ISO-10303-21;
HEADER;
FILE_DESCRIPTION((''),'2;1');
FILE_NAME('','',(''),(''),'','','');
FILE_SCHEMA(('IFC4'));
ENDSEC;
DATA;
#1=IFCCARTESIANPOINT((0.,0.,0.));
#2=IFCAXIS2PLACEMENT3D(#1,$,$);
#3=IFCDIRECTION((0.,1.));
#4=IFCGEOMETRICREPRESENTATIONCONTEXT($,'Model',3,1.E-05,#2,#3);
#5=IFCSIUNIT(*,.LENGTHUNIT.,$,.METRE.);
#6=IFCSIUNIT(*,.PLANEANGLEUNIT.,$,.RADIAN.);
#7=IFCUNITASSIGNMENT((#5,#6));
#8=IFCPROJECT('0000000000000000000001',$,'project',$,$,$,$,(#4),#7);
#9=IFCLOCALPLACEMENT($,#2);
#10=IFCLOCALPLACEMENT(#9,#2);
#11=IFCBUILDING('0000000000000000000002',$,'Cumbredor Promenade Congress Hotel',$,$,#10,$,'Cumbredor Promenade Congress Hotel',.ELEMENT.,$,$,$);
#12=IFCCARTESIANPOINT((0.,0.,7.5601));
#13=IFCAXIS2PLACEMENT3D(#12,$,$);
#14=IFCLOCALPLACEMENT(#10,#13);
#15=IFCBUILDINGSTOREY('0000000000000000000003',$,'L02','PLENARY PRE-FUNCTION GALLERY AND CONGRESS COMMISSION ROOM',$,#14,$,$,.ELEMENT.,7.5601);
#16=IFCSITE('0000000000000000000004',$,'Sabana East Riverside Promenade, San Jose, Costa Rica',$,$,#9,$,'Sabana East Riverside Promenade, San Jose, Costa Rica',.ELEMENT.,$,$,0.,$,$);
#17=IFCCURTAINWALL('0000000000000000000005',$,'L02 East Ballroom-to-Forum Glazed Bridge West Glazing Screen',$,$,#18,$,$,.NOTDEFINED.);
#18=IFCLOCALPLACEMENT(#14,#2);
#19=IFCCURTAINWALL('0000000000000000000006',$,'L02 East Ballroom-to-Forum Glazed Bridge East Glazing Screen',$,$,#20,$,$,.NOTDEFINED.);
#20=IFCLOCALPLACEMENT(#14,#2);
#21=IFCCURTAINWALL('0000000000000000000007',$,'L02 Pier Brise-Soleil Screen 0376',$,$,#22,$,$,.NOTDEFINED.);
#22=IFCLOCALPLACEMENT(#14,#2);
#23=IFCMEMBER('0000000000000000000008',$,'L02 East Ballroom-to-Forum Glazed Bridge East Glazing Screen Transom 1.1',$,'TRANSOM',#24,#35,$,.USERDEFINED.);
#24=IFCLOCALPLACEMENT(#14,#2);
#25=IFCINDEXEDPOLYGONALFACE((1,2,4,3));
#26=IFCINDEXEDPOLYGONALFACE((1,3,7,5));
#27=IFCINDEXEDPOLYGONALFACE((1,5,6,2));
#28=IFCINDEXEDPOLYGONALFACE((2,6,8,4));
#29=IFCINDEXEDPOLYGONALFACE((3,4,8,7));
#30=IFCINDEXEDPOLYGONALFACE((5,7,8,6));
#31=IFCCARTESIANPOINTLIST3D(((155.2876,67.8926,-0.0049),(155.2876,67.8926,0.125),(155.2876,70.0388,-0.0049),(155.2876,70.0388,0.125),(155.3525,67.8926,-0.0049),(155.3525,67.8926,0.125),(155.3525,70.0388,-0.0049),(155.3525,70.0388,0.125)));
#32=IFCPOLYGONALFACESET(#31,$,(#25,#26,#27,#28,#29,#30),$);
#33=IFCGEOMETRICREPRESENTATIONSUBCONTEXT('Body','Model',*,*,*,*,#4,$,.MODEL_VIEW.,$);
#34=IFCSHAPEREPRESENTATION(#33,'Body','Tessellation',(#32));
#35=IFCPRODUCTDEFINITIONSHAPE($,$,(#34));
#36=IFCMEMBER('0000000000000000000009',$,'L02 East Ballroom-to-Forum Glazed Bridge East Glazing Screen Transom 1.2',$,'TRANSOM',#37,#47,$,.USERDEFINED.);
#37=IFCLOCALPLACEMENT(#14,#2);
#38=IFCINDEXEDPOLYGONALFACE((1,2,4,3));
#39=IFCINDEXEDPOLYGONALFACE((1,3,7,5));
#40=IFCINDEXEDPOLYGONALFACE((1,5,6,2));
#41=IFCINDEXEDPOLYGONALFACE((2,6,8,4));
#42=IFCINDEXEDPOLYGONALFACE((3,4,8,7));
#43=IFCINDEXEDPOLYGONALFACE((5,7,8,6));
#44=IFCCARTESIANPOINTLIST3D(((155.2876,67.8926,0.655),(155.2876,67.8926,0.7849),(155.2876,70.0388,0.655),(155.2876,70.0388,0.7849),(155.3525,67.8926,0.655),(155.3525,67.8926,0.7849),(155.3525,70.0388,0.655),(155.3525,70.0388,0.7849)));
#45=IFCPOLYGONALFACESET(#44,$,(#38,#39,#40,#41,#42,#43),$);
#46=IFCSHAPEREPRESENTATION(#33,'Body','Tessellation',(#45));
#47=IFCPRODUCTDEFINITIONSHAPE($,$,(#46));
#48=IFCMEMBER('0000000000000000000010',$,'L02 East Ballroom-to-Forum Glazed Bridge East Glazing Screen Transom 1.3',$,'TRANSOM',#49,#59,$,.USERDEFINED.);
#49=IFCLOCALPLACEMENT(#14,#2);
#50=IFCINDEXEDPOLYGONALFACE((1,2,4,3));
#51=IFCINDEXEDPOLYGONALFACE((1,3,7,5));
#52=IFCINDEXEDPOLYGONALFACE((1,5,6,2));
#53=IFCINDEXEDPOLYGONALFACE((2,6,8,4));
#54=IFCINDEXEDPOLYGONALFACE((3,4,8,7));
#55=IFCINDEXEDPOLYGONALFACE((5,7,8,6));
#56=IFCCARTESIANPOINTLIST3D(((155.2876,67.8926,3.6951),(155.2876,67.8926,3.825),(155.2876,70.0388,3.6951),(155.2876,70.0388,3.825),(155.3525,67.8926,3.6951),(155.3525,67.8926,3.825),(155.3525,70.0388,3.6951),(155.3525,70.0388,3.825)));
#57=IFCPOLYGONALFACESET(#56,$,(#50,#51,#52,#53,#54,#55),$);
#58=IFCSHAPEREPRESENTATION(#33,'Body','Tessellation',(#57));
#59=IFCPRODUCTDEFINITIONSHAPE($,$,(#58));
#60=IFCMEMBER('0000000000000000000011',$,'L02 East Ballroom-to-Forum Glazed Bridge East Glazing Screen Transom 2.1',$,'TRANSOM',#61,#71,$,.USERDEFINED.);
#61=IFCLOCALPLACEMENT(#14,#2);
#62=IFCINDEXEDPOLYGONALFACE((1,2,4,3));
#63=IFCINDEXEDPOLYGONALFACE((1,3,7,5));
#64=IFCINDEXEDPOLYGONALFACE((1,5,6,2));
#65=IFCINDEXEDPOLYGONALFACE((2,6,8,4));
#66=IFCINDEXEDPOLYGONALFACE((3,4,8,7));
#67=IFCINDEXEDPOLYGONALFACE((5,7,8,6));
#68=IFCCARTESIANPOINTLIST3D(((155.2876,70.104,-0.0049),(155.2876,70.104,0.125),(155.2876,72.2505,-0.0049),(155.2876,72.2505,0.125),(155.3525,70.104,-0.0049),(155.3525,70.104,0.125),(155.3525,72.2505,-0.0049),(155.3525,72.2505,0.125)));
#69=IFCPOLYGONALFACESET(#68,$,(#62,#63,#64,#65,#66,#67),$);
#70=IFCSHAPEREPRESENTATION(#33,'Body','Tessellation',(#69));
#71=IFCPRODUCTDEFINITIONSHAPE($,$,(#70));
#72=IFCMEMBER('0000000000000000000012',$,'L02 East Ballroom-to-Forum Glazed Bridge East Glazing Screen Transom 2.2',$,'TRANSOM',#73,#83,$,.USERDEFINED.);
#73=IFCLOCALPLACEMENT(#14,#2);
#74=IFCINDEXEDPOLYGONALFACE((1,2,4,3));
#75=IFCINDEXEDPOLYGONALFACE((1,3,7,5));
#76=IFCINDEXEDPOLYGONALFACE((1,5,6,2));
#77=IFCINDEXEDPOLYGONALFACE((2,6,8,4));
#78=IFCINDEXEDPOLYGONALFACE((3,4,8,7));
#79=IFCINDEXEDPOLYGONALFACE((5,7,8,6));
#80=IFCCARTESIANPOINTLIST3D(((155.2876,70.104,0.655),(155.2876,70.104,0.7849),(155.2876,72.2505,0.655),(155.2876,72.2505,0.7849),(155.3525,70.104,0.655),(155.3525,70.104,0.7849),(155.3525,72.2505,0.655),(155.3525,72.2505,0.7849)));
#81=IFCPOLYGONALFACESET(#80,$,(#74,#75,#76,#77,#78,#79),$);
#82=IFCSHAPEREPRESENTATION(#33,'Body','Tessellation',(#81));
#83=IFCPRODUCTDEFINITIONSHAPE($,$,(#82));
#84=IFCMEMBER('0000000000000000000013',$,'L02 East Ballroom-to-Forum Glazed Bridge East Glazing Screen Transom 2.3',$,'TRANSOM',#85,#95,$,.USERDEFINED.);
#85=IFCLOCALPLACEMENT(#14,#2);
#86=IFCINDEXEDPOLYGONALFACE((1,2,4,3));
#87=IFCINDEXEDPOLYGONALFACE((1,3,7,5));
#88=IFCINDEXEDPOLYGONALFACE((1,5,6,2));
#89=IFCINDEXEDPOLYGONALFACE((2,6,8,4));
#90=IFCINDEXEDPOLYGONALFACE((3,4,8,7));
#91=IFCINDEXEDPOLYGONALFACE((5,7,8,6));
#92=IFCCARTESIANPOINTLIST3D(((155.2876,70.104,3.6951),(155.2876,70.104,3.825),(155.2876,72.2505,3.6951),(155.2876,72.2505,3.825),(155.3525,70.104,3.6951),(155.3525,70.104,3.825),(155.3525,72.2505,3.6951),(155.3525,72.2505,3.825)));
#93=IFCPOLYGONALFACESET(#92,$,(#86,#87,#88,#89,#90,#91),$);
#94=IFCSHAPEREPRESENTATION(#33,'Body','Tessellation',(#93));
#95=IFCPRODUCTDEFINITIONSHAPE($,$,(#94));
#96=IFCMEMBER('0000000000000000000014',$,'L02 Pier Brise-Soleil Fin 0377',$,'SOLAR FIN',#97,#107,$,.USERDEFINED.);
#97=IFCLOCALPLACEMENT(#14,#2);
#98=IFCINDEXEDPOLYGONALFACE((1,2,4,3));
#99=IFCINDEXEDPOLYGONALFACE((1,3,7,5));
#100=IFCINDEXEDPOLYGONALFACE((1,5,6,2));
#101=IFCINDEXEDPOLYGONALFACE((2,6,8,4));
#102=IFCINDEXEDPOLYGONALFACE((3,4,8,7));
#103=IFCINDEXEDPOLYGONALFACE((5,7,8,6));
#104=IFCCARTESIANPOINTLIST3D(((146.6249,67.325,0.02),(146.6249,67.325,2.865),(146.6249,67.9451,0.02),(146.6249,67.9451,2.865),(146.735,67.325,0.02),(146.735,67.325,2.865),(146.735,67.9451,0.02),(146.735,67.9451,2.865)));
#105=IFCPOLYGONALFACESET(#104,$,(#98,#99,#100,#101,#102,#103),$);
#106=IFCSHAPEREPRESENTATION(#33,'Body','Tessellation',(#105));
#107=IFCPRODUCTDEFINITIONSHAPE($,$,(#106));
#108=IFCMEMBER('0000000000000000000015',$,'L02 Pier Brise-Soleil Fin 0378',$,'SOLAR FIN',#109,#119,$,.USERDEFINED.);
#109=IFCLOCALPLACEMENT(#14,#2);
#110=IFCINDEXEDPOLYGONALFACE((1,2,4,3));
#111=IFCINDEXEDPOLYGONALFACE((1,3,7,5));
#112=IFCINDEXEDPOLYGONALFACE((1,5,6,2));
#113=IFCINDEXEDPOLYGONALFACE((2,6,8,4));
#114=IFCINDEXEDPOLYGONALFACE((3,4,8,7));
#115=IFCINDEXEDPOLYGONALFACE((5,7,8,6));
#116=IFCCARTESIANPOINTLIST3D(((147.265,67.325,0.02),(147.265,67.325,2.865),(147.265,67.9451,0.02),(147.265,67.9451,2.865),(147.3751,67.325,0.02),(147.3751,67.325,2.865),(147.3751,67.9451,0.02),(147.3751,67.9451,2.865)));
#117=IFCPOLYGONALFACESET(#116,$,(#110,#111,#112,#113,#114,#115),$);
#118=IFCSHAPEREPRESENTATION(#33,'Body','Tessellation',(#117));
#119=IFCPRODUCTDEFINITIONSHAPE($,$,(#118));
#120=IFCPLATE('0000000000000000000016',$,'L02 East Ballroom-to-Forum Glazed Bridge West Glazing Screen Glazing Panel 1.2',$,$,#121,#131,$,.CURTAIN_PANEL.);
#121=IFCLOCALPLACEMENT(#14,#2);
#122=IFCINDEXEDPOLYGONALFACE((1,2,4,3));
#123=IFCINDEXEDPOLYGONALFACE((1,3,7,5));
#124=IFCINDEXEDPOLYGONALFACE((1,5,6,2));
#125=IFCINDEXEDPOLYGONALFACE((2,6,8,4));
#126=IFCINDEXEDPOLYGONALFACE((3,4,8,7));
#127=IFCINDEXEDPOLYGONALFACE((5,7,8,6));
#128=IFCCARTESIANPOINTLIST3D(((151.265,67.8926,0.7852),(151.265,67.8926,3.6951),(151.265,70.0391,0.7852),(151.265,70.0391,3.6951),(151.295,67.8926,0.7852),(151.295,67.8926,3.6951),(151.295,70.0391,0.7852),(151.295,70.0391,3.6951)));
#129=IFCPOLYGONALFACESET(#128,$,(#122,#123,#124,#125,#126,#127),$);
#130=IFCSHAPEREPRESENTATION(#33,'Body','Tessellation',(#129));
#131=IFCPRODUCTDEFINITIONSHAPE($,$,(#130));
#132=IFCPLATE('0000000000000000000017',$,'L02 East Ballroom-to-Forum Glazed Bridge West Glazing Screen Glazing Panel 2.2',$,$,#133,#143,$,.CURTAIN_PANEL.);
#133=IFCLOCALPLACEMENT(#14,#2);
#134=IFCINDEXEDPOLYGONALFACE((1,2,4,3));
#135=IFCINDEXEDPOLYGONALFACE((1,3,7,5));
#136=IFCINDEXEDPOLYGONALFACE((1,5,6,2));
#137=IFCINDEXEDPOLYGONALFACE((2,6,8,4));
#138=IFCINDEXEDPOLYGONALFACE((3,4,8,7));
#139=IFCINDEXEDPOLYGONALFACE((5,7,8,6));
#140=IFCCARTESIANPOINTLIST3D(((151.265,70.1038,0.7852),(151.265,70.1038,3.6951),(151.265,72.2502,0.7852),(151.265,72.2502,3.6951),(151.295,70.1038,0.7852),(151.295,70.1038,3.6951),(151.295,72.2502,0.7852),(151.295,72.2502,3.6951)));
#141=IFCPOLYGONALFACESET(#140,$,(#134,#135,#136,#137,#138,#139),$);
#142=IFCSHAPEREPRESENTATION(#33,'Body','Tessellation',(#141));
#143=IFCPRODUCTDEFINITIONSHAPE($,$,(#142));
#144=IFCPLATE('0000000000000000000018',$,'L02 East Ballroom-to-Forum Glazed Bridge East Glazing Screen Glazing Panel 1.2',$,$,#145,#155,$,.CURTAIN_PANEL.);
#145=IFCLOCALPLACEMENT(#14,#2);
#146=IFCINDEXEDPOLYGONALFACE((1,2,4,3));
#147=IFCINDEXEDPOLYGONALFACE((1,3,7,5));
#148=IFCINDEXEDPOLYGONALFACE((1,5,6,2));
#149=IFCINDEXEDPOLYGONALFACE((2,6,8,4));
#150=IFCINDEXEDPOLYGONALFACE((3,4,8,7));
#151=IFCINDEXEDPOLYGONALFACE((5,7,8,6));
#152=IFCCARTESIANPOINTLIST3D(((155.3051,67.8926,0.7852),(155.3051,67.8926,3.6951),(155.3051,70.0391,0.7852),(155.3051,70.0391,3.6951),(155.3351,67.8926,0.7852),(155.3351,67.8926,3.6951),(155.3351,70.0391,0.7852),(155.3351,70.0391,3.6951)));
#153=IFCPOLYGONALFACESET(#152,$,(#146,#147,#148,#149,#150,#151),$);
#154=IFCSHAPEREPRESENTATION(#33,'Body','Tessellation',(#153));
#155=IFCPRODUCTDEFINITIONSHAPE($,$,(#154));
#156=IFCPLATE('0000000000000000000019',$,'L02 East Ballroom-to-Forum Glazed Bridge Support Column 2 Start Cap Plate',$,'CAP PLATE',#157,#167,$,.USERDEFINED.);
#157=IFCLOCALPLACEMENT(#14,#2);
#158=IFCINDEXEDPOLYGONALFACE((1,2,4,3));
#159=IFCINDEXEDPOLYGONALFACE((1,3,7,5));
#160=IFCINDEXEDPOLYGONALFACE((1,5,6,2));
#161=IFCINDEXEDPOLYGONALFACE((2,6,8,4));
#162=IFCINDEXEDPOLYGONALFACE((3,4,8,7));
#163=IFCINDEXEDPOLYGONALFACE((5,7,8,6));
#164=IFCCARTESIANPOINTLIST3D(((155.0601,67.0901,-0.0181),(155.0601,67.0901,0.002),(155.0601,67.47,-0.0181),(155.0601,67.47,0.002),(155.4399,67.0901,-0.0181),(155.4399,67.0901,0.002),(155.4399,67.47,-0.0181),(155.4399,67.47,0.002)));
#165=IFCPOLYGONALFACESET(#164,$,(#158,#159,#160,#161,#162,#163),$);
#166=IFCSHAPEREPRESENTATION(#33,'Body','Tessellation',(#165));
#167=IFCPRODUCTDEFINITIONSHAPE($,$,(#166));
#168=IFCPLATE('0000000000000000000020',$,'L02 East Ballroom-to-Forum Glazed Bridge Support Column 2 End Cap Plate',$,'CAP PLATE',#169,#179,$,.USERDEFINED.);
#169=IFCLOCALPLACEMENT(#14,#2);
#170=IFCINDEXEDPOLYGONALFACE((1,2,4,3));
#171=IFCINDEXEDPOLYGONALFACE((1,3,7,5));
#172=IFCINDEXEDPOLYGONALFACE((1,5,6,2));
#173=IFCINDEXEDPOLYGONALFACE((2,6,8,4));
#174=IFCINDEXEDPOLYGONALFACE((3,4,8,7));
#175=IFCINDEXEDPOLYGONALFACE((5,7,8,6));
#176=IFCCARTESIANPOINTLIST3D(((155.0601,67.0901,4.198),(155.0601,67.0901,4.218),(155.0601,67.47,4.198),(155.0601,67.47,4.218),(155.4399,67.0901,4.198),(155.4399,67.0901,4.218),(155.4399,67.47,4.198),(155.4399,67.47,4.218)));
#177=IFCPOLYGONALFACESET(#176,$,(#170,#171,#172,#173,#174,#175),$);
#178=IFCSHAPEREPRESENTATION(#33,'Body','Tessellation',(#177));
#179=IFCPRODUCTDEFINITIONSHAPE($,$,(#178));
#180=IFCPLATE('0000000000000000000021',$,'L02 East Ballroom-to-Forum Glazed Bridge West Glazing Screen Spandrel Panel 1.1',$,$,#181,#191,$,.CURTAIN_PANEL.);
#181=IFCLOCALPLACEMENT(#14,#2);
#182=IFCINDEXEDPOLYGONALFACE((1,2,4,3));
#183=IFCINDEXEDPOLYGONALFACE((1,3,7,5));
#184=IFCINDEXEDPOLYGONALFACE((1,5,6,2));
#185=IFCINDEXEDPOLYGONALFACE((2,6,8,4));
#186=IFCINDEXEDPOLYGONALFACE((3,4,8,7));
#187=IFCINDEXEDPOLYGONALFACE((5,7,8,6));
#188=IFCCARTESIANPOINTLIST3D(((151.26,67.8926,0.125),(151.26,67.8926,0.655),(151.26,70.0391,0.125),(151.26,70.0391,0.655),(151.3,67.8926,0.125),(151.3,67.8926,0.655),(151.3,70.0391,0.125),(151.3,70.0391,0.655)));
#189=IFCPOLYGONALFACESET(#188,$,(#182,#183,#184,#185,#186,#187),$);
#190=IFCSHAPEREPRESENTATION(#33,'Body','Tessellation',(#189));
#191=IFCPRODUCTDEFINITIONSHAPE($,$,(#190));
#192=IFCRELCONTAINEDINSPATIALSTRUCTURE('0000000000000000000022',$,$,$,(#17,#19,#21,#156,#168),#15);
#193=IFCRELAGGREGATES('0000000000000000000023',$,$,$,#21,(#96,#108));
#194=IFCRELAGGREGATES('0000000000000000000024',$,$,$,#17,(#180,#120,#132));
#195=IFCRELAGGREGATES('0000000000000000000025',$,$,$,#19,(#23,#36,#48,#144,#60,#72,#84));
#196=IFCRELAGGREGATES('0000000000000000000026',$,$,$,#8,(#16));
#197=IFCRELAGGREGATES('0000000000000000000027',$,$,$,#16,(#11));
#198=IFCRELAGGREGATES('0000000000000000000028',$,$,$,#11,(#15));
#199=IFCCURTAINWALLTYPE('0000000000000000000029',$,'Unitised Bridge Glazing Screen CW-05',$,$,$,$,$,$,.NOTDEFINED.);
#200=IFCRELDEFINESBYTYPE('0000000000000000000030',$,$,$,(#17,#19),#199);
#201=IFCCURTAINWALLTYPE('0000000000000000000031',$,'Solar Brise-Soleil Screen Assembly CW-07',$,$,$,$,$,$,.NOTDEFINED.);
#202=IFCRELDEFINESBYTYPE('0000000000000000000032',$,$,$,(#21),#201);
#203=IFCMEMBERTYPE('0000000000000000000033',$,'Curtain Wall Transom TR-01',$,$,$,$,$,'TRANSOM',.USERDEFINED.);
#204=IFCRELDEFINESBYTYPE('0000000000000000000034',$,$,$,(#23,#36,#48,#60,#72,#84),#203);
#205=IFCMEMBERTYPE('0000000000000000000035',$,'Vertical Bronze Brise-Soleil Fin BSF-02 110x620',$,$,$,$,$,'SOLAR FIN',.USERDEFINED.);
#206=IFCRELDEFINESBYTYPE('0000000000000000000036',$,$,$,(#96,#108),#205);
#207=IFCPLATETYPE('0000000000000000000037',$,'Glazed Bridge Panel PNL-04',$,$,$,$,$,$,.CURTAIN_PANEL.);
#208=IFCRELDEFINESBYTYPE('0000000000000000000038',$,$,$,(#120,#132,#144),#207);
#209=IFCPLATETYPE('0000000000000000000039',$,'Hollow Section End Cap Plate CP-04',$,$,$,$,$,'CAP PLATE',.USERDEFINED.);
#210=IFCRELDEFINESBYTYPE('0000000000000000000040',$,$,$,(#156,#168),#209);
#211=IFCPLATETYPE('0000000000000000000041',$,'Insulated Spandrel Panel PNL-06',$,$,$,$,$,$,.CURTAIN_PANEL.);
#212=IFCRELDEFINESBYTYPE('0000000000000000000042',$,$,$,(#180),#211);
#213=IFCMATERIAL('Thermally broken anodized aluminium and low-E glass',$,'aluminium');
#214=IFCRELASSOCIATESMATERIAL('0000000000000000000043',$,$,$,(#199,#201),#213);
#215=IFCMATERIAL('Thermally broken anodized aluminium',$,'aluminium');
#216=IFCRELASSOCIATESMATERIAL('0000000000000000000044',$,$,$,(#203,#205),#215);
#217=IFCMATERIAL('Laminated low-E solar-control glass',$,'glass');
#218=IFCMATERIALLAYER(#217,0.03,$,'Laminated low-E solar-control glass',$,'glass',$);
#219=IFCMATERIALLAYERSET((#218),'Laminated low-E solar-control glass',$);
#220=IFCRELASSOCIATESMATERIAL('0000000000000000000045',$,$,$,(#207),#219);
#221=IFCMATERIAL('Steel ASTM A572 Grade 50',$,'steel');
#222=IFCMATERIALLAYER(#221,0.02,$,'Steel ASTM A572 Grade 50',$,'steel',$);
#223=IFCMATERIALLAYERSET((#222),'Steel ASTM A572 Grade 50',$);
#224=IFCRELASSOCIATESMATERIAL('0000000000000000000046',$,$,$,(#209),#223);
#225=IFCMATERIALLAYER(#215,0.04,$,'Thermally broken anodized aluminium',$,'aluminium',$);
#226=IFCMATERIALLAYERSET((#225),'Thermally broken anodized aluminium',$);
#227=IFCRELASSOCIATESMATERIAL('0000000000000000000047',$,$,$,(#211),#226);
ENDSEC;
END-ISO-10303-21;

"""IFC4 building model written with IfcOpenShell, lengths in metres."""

from ifc_helpers import new_model, si_unit, direction, frame, origin, origin_2d, place, context, subcontext, project, spatial, rectangle, extrude, material, layer, layer_set, material_profile, profile_set, type_object, element, aggregate, save


model = new_model("IFC4")

# Units and contexts
model_context = context("Model", 3, precision=1e-05, world=origin(), true_north=direction((0.0, 1.0)))
body_context = subcontext(model_context, "Body", "Model", "MODEL_VIEW")
ifc_project = project(units=[si_unit("LENGTHUNIT", "METRE"), si_unit("PLANEANGLEUNIT", "RADIAN")], contexts=[model_context])

# Site, building, storey
site_placement = place(None, origin())
site = spatial("IfcSite", under=ifc_project, at=site_placement, Name="Sabana East Riverside Promenade, San Jose, Costa Rica", LongName="Sabana East Riverside Promenade, San Jose, Costa Rica", CompositionType="ELEMENT", RefElevation=0.0)
building_placement = place(site_placement, origin())
building = spatial("IfcBuilding", under=site, at=building_placement, Name="Cumbredor Promenade Congress Hotel", LongName="Cumbredor Promenade Congress Hotel", CompositionType="ELEMENT")
storey_placement = place(building_placement, frame((0.0, 0.0, 7.5601)))
storey = spatial("IfcBuildingStorey", under=building, at=storey_placement, Name="L02", Description="PLENARY PRE-FUNCTION GALLERY AND CONGRESS COMMISSION ROOM", CompositionType="ELEMENT", Elevation=7.5601)

# Curtain walls
ifc_material_1 = material(Name="Thermally broken anodized aluminium and low-E glass", Category="aluminium")
curtain_wall_type_1 = type_object("IfcCurtainWallType", Name="Unitised Bridge Glazing Screen CW-05", PredefinedType="NOTDEFINED", material=ifc_material_1)
curtain_wall_1_placement = place(storey_placement, origin())
curtain_wall_1 = element("IfcCurtainWall", 1, at=curtain_wall_1_placement, inside=storey, type_object=curtain_wall_type_1, Name="L02 East Ballroom-to-Forum Glazed Bridge West Glazing Screen", PredefinedType="NOTDEFINED")
ifc_material_2 = material(Name="Thermally broken anodized aluminium", Category="aluminium")
curtain_wall_2_placement = place(storey_placement, origin())
curtain_wall_2 = element("IfcCurtainWall", 2, at=curtain_wall_2_placement, inside=storey, type_object=curtain_wall_type_1, Name="L02 East Ballroom-to-Forum Glazed Bridge East Glazing Screen", PredefinedType="NOTDEFINED")

# Curtain wall
curtain_wall_type_2 = type_object("IfcCurtainWallType", Name="Solar Brise-Soleil Screen Assembly CW-07", PredefinedType="NOTDEFINED", material=ifc_material_1)
curtain_wall_3_placement = place(storey_placement, origin())
curtain_wall_3 = element("IfcCurtainWall", 3, at=curtain_wall_3_placement, inside=storey, type_object=curtain_wall_type_2, Name="L02 Pier Brise-Soleil Screen 0376", PredefinedType="NOTDEFINED")
ifc_material_profile_1 = material_profile(ifc_material_2, rectangle(XDim=0.0649, YDim=0.1299, at=origin_2d()), Name="ALU TRANSOM 65x130")
ifc_profile_set_1 = profile_set([ifc_material_profile_1], Name="Thermally broken anodized aluminium")
member_type_1 = type_object("IfcMemberType", Name="Curtain Wall Transom TR-01", ElementType="TRANSOM", PredefinedType="USERDEFINED", material=ifc_profile_set_1)

# Members
member_1_placement = place(storey_placement, frame((155.3201, 67.8926, 0.0601), z_axis=(0.0, 1.0, 0.0), x_axis=(-1.0, 0.0, 0.0)))
member_1 = element("IfcMember", 4, at=member_1_placement, type_object=member_type_1, Name="L02 East Ballroom-to-Forum Glazed Bridge East Glazing Screen Transom 1.1", ObjectType="TRANSOM", PredefinedType="USERDEFINED", context=body_context, shape_type="SweptSolid", body=[
    extrude(rectangle(XDim=0.0649, YDim=0.1299, at=origin_2d()), origin(), (0.0, 0.0, 1.0), 2.1462),
])
member_2_placement = place(storey_placement, frame((155.3201, 67.8926, 0.72), z_axis=(0.0, 1.0, 0.0), x_axis=(-1.0, 0.0, 0.0)))
member_2 = element("IfcMember", 5, at=member_2_placement, type_object=member_type_1, Name="L02 East Ballroom-to-Forum Glazed Bridge East Glazing Screen Transom 1.2", ObjectType="TRANSOM", PredefinedType="USERDEFINED", context=body_context, shape_type="SweptSolid", body=[
    extrude(rectangle(XDim=0.0649, YDim=0.1299, at=origin_2d()), origin(), (0.0, 0.0, 1.0), 2.1462),
])
member_3_placement = place(storey_placement, frame((155.3201, 67.8926, 3.76), z_axis=(0.0, 1.0, 0.0), x_axis=(-1.0, 0.0, 0.0)))
member_3 = element("IfcMember", 6, at=member_3_placement, type_object=member_type_1, Name="L02 East Ballroom-to-Forum Glazed Bridge East Glazing Screen Transom 1.3", ObjectType="TRANSOM", PredefinedType="USERDEFINED", context=body_context, shape_type="SweptSolid", body=[
    extrude(rectangle(XDim=0.0649, YDim=0.1299, at=origin_2d()), origin(), (0.0, 0.0, 1.0), 2.1462),
])
member_4_placement = place(storey_placement, frame((155.3201, 70.104, 0.0601), z_axis=(0.0, 1.0, 0.0), x_axis=(-1.0, 0.0, 0.0)))
member_4 = element("IfcMember", 7, at=member_4_placement, type_object=member_type_1, Name="L02 East Ballroom-to-Forum Glazed Bridge East Glazing Screen Transom 2.1", ObjectType="TRANSOM", PredefinedType="USERDEFINED", context=body_context, shape_type="SweptSolid", body=[
    extrude(rectangle(XDim=0.0649, YDim=0.1299, at=origin_2d()), origin(), (0.0, 0.0, 1.0), 2.1465),
])
member_5_placement = place(storey_placement, frame((155.3201, 70.104, 0.72), z_axis=(0.0, 1.0, 0.0), x_axis=(-1.0, 0.0, 0.0)))
member_5 = element("IfcMember", 8, at=member_5_placement, type_object=member_type_1, Name="L02 East Ballroom-to-Forum Glazed Bridge East Glazing Screen Transom 2.2", ObjectType="TRANSOM", PredefinedType="USERDEFINED", context=body_context, shape_type="SweptSolid", body=[
    extrude(rectangle(XDim=0.0649, YDim=0.1299, at=origin_2d()), origin(), (0.0, 0.0, 1.0), 2.1465),
])
member_6_placement = place(storey_placement, frame((155.3201, 70.104, 3.76), z_axis=(0.0, 1.0, 0.0), x_axis=(-1.0, 0.0, 0.0)))
member_6 = element("IfcMember", 9, at=member_6_placement, type_object=member_type_1, Name="L02 East Ballroom-to-Forum Glazed Bridge East Glazing Screen Transom 2.3", ObjectType="TRANSOM", PredefinedType="USERDEFINED", context=body_context, shape_type="SweptSolid", body=[
    extrude(rectangle(XDim=0.0649, YDim=0.1299, at=origin_2d()), origin(), (0.0, 0.0, 1.0), 2.1465),
])
ifc_material_profile_2 = material_profile(ifc_material_2, rectangle(XDim=0.1101, YDim=0.6201, at=origin_2d()), Name="ARCH FIN 110x620")
ifc_profile_set_2 = profile_set([ifc_material_profile_2], Name="Thermally broken anodized aluminium")
member_type_2 = type_object("IfcMemberType", Name="Vertical Bronze Brise-Soleil Fin BSF-02 110x620", ElementType="SOLAR FIN", PredefinedType="USERDEFINED", material=ifc_profile_set_2)
member_7_placement = place(storey_placement, frame((146.6799, 67.635, 0.02), z_axis=(0.0, 0.0, 1.0), x_axis=(1.0, 0.0, 0.0)))
member_7 = element("IfcMember", 10, at=member_7_placement, type_object=member_type_2, Name="L02 Pier Brise-Soleil Fin 0377", ObjectType="SOLAR FIN", PredefinedType="USERDEFINED", context=body_context, shape_type="SweptSolid", body=[
    extrude(rectangle(XDim=0.1101, YDim=0.6201, at=origin_2d()), origin(), (0.0, 0.0, 1.0), 2.845),
])
member_8_placement = place(storey_placement, frame((147.3201, 67.635, 0.02), z_axis=(0.0, 0.0, 1.0), x_axis=(1.0, 0.0, 0.0)))
member_8 = element("IfcMember", 11, at=member_8_placement, type_object=member_type_2, Name="L02 Pier Brise-Soleil Fin 0378", ObjectType="SOLAR FIN", PredefinedType="USERDEFINED", context=body_context, shape_type="SweptSolid", body=[
    extrude(rectangle(XDim=0.1101, YDim=0.6201, at=origin_2d()), origin(), (0.0, 0.0, 1.0), 2.845),
])
aggregate(curtain_wall_3, [member_7, member_8])

# Plates
ifc_material_3 = material(Name="Laminated low-E solar-control glass", Category="glass")
ifc_layer_1 = layer(ifc_material_3, 0.03, Name="Laminated low-E solar-control glass", Category="glass")
ifc_layer_set_1 = layer_set([ifc_layer_1], Name="Laminated low-E solar-control glass")
plate_type_1 = type_object("IfcPlateType", Name="Glazed Bridge Panel PNL-04", PredefinedType="CURTAIN_PANEL", material=ifc_layer_set_1)
plate_1_placement = place(storey_placement, frame((151.28, 68.9658, 0.7852), z_axis=(0.0, 0.0, 1.0), x_axis=(0.0, 1.0, 0.0)))
plate_1 = element("IfcPlate", 12, at=plate_1_placement, type_object=plate_type_1, Name="L02 East Ballroom-to-Forum Glazed Bridge West Glazing Screen Glazing Panel 1.2", PredefinedType="CURTAIN_PANEL", context=body_context, shape_type="SweptSolid", body=[
    extrude(rectangle(XDim=2.1465, YDim=0.03, at=origin_2d()), origin(), (0.0, 0.0, 1.0), 2.9099),
])
plate_2_placement = place(storey_placement, frame((151.28, 71.177, 0.7852), z_axis=(0.0, 0.0, 1.0), x_axis=(0.0, 1.0, 0.0)))
plate_2 = element("IfcPlate", 13, at=plate_2_placement, type_object=plate_type_1, Name="L02 East Ballroom-to-Forum Glazed Bridge West Glazing Screen Glazing Panel 2.2", PredefinedType="CURTAIN_PANEL", context=body_context, shape_type="SweptSolid", body=[
    extrude(rectangle(XDim=2.1465, YDim=0.03, at=origin_2d()), origin(), (0.0, 0.0, 1.0), 2.9099),
])
plate_3_placement = place(storey_placement, frame((155.3201, 68.9658, 0.7852), z_axis=(0.0, 0.0, 1.0), x_axis=(0.0, 1.0, 0.0)))
plate_3 = element("IfcPlate", 14, at=plate_3_placement, type_object=plate_type_1, Name="L02 East Ballroom-to-Forum Glazed Bridge East Glazing Screen Glazing Panel 1.2", PredefinedType="CURTAIN_PANEL", context=body_context, shape_type="SweptSolid", body=[
    extrude(rectangle(XDim=2.1465, YDim=0.03, at=origin_2d()), origin(), (0.0, 0.0, 1.0), 2.9099),
])

# Plates
ifc_material_4 = material(Name="Steel ASTM A572 Grade 50", Category="steel")
ifc_layer_2 = layer(ifc_material_4, 0.02, Name="Steel ASTM A572 Grade 50", Category="steel")
ifc_layer_set_2 = layer_set([ifc_layer_2], Name="Steel ASTM A572 Grade 50")
plate_type_2 = type_object("IfcPlateType", Name="Hollow Section End Cap Plate CP-04", ElementType="CAP PLATE", PredefinedType="USERDEFINED", material=ifc_layer_set_2)
for number, where, z_axis, x_axis, name in (
    (15, (155.25, 67.28, -0.0181), (0.0, 0.0, 1.0), (1.0, 0.0, 0.0), "L02 East Ballroom-to-Forum Glazed Bridge Support Column 2 Start Cap Plate"),
    (16, (155.25, 67.28, 4.198), (0.0, 0.0, 1.0), (1.0, 0.0, 0.0), "L02 East Ballroom-to-Forum Glazed Bridge Support Column 2 End Cap Plate"),
):
    element("IfcPlate", number, at=place(storey_placement, frame(where, z_axis=z_axis, x_axis=x_axis)), inside=storey, type_object=plate_type_2, Name=name, ObjectType="CAP PLATE", PredefinedType="USERDEFINED", context=body_context, shape_type="SweptSolid", body=[
        extrude(rectangle(XDim=0.3799, YDim=0.3799, at=origin_2d()), origin(), (0.0, 0.0, 1.0), 0.02),
    ])

# Plate
ifc_layer_3 = layer(ifc_material_2, 0.04, Name="Thermally broken anodized aluminium", Category="aluminium")
ifc_layer_set_3 = layer_set([ifc_layer_3], Name="Thermally broken anodized aluminium")
plate_type_3 = type_object("IfcPlateType", Name="Insulated Spandrel Panel PNL-06", PredefinedType="CURTAIN_PANEL", material=ifc_layer_set_3)
plate_4_placement = place(storey_placement, frame((151.28, 68.9658, 0.125), z_axis=(0.0, 0.0, 1.0), x_axis=(0.0, 1.0, 0.0)))
plate_4 = element("IfcPlate", 17, at=plate_4_placement, type_object=plate_type_3, Name="L02 East Ballroom-to-Forum Glazed Bridge West Glazing Screen Spandrel Panel 1.1", PredefinedType="CURTAIN_PANEL", context=body_context, shape_type="SweptSolid", body=[
    extrude(rectangle(XDim=2.1465, YDim=0.04, at=origin_2d()), origin(), (0.0, 0.0, 1.0), 0.53),
])
aggregate(curtain_wall_1, [plate_4, plate_1, plate_2])
aggregate(curtain_wall_2, [member_1, member_2, member_3, plate_3, member_4, member_5, member_6])

save(model, "model.ifc")
